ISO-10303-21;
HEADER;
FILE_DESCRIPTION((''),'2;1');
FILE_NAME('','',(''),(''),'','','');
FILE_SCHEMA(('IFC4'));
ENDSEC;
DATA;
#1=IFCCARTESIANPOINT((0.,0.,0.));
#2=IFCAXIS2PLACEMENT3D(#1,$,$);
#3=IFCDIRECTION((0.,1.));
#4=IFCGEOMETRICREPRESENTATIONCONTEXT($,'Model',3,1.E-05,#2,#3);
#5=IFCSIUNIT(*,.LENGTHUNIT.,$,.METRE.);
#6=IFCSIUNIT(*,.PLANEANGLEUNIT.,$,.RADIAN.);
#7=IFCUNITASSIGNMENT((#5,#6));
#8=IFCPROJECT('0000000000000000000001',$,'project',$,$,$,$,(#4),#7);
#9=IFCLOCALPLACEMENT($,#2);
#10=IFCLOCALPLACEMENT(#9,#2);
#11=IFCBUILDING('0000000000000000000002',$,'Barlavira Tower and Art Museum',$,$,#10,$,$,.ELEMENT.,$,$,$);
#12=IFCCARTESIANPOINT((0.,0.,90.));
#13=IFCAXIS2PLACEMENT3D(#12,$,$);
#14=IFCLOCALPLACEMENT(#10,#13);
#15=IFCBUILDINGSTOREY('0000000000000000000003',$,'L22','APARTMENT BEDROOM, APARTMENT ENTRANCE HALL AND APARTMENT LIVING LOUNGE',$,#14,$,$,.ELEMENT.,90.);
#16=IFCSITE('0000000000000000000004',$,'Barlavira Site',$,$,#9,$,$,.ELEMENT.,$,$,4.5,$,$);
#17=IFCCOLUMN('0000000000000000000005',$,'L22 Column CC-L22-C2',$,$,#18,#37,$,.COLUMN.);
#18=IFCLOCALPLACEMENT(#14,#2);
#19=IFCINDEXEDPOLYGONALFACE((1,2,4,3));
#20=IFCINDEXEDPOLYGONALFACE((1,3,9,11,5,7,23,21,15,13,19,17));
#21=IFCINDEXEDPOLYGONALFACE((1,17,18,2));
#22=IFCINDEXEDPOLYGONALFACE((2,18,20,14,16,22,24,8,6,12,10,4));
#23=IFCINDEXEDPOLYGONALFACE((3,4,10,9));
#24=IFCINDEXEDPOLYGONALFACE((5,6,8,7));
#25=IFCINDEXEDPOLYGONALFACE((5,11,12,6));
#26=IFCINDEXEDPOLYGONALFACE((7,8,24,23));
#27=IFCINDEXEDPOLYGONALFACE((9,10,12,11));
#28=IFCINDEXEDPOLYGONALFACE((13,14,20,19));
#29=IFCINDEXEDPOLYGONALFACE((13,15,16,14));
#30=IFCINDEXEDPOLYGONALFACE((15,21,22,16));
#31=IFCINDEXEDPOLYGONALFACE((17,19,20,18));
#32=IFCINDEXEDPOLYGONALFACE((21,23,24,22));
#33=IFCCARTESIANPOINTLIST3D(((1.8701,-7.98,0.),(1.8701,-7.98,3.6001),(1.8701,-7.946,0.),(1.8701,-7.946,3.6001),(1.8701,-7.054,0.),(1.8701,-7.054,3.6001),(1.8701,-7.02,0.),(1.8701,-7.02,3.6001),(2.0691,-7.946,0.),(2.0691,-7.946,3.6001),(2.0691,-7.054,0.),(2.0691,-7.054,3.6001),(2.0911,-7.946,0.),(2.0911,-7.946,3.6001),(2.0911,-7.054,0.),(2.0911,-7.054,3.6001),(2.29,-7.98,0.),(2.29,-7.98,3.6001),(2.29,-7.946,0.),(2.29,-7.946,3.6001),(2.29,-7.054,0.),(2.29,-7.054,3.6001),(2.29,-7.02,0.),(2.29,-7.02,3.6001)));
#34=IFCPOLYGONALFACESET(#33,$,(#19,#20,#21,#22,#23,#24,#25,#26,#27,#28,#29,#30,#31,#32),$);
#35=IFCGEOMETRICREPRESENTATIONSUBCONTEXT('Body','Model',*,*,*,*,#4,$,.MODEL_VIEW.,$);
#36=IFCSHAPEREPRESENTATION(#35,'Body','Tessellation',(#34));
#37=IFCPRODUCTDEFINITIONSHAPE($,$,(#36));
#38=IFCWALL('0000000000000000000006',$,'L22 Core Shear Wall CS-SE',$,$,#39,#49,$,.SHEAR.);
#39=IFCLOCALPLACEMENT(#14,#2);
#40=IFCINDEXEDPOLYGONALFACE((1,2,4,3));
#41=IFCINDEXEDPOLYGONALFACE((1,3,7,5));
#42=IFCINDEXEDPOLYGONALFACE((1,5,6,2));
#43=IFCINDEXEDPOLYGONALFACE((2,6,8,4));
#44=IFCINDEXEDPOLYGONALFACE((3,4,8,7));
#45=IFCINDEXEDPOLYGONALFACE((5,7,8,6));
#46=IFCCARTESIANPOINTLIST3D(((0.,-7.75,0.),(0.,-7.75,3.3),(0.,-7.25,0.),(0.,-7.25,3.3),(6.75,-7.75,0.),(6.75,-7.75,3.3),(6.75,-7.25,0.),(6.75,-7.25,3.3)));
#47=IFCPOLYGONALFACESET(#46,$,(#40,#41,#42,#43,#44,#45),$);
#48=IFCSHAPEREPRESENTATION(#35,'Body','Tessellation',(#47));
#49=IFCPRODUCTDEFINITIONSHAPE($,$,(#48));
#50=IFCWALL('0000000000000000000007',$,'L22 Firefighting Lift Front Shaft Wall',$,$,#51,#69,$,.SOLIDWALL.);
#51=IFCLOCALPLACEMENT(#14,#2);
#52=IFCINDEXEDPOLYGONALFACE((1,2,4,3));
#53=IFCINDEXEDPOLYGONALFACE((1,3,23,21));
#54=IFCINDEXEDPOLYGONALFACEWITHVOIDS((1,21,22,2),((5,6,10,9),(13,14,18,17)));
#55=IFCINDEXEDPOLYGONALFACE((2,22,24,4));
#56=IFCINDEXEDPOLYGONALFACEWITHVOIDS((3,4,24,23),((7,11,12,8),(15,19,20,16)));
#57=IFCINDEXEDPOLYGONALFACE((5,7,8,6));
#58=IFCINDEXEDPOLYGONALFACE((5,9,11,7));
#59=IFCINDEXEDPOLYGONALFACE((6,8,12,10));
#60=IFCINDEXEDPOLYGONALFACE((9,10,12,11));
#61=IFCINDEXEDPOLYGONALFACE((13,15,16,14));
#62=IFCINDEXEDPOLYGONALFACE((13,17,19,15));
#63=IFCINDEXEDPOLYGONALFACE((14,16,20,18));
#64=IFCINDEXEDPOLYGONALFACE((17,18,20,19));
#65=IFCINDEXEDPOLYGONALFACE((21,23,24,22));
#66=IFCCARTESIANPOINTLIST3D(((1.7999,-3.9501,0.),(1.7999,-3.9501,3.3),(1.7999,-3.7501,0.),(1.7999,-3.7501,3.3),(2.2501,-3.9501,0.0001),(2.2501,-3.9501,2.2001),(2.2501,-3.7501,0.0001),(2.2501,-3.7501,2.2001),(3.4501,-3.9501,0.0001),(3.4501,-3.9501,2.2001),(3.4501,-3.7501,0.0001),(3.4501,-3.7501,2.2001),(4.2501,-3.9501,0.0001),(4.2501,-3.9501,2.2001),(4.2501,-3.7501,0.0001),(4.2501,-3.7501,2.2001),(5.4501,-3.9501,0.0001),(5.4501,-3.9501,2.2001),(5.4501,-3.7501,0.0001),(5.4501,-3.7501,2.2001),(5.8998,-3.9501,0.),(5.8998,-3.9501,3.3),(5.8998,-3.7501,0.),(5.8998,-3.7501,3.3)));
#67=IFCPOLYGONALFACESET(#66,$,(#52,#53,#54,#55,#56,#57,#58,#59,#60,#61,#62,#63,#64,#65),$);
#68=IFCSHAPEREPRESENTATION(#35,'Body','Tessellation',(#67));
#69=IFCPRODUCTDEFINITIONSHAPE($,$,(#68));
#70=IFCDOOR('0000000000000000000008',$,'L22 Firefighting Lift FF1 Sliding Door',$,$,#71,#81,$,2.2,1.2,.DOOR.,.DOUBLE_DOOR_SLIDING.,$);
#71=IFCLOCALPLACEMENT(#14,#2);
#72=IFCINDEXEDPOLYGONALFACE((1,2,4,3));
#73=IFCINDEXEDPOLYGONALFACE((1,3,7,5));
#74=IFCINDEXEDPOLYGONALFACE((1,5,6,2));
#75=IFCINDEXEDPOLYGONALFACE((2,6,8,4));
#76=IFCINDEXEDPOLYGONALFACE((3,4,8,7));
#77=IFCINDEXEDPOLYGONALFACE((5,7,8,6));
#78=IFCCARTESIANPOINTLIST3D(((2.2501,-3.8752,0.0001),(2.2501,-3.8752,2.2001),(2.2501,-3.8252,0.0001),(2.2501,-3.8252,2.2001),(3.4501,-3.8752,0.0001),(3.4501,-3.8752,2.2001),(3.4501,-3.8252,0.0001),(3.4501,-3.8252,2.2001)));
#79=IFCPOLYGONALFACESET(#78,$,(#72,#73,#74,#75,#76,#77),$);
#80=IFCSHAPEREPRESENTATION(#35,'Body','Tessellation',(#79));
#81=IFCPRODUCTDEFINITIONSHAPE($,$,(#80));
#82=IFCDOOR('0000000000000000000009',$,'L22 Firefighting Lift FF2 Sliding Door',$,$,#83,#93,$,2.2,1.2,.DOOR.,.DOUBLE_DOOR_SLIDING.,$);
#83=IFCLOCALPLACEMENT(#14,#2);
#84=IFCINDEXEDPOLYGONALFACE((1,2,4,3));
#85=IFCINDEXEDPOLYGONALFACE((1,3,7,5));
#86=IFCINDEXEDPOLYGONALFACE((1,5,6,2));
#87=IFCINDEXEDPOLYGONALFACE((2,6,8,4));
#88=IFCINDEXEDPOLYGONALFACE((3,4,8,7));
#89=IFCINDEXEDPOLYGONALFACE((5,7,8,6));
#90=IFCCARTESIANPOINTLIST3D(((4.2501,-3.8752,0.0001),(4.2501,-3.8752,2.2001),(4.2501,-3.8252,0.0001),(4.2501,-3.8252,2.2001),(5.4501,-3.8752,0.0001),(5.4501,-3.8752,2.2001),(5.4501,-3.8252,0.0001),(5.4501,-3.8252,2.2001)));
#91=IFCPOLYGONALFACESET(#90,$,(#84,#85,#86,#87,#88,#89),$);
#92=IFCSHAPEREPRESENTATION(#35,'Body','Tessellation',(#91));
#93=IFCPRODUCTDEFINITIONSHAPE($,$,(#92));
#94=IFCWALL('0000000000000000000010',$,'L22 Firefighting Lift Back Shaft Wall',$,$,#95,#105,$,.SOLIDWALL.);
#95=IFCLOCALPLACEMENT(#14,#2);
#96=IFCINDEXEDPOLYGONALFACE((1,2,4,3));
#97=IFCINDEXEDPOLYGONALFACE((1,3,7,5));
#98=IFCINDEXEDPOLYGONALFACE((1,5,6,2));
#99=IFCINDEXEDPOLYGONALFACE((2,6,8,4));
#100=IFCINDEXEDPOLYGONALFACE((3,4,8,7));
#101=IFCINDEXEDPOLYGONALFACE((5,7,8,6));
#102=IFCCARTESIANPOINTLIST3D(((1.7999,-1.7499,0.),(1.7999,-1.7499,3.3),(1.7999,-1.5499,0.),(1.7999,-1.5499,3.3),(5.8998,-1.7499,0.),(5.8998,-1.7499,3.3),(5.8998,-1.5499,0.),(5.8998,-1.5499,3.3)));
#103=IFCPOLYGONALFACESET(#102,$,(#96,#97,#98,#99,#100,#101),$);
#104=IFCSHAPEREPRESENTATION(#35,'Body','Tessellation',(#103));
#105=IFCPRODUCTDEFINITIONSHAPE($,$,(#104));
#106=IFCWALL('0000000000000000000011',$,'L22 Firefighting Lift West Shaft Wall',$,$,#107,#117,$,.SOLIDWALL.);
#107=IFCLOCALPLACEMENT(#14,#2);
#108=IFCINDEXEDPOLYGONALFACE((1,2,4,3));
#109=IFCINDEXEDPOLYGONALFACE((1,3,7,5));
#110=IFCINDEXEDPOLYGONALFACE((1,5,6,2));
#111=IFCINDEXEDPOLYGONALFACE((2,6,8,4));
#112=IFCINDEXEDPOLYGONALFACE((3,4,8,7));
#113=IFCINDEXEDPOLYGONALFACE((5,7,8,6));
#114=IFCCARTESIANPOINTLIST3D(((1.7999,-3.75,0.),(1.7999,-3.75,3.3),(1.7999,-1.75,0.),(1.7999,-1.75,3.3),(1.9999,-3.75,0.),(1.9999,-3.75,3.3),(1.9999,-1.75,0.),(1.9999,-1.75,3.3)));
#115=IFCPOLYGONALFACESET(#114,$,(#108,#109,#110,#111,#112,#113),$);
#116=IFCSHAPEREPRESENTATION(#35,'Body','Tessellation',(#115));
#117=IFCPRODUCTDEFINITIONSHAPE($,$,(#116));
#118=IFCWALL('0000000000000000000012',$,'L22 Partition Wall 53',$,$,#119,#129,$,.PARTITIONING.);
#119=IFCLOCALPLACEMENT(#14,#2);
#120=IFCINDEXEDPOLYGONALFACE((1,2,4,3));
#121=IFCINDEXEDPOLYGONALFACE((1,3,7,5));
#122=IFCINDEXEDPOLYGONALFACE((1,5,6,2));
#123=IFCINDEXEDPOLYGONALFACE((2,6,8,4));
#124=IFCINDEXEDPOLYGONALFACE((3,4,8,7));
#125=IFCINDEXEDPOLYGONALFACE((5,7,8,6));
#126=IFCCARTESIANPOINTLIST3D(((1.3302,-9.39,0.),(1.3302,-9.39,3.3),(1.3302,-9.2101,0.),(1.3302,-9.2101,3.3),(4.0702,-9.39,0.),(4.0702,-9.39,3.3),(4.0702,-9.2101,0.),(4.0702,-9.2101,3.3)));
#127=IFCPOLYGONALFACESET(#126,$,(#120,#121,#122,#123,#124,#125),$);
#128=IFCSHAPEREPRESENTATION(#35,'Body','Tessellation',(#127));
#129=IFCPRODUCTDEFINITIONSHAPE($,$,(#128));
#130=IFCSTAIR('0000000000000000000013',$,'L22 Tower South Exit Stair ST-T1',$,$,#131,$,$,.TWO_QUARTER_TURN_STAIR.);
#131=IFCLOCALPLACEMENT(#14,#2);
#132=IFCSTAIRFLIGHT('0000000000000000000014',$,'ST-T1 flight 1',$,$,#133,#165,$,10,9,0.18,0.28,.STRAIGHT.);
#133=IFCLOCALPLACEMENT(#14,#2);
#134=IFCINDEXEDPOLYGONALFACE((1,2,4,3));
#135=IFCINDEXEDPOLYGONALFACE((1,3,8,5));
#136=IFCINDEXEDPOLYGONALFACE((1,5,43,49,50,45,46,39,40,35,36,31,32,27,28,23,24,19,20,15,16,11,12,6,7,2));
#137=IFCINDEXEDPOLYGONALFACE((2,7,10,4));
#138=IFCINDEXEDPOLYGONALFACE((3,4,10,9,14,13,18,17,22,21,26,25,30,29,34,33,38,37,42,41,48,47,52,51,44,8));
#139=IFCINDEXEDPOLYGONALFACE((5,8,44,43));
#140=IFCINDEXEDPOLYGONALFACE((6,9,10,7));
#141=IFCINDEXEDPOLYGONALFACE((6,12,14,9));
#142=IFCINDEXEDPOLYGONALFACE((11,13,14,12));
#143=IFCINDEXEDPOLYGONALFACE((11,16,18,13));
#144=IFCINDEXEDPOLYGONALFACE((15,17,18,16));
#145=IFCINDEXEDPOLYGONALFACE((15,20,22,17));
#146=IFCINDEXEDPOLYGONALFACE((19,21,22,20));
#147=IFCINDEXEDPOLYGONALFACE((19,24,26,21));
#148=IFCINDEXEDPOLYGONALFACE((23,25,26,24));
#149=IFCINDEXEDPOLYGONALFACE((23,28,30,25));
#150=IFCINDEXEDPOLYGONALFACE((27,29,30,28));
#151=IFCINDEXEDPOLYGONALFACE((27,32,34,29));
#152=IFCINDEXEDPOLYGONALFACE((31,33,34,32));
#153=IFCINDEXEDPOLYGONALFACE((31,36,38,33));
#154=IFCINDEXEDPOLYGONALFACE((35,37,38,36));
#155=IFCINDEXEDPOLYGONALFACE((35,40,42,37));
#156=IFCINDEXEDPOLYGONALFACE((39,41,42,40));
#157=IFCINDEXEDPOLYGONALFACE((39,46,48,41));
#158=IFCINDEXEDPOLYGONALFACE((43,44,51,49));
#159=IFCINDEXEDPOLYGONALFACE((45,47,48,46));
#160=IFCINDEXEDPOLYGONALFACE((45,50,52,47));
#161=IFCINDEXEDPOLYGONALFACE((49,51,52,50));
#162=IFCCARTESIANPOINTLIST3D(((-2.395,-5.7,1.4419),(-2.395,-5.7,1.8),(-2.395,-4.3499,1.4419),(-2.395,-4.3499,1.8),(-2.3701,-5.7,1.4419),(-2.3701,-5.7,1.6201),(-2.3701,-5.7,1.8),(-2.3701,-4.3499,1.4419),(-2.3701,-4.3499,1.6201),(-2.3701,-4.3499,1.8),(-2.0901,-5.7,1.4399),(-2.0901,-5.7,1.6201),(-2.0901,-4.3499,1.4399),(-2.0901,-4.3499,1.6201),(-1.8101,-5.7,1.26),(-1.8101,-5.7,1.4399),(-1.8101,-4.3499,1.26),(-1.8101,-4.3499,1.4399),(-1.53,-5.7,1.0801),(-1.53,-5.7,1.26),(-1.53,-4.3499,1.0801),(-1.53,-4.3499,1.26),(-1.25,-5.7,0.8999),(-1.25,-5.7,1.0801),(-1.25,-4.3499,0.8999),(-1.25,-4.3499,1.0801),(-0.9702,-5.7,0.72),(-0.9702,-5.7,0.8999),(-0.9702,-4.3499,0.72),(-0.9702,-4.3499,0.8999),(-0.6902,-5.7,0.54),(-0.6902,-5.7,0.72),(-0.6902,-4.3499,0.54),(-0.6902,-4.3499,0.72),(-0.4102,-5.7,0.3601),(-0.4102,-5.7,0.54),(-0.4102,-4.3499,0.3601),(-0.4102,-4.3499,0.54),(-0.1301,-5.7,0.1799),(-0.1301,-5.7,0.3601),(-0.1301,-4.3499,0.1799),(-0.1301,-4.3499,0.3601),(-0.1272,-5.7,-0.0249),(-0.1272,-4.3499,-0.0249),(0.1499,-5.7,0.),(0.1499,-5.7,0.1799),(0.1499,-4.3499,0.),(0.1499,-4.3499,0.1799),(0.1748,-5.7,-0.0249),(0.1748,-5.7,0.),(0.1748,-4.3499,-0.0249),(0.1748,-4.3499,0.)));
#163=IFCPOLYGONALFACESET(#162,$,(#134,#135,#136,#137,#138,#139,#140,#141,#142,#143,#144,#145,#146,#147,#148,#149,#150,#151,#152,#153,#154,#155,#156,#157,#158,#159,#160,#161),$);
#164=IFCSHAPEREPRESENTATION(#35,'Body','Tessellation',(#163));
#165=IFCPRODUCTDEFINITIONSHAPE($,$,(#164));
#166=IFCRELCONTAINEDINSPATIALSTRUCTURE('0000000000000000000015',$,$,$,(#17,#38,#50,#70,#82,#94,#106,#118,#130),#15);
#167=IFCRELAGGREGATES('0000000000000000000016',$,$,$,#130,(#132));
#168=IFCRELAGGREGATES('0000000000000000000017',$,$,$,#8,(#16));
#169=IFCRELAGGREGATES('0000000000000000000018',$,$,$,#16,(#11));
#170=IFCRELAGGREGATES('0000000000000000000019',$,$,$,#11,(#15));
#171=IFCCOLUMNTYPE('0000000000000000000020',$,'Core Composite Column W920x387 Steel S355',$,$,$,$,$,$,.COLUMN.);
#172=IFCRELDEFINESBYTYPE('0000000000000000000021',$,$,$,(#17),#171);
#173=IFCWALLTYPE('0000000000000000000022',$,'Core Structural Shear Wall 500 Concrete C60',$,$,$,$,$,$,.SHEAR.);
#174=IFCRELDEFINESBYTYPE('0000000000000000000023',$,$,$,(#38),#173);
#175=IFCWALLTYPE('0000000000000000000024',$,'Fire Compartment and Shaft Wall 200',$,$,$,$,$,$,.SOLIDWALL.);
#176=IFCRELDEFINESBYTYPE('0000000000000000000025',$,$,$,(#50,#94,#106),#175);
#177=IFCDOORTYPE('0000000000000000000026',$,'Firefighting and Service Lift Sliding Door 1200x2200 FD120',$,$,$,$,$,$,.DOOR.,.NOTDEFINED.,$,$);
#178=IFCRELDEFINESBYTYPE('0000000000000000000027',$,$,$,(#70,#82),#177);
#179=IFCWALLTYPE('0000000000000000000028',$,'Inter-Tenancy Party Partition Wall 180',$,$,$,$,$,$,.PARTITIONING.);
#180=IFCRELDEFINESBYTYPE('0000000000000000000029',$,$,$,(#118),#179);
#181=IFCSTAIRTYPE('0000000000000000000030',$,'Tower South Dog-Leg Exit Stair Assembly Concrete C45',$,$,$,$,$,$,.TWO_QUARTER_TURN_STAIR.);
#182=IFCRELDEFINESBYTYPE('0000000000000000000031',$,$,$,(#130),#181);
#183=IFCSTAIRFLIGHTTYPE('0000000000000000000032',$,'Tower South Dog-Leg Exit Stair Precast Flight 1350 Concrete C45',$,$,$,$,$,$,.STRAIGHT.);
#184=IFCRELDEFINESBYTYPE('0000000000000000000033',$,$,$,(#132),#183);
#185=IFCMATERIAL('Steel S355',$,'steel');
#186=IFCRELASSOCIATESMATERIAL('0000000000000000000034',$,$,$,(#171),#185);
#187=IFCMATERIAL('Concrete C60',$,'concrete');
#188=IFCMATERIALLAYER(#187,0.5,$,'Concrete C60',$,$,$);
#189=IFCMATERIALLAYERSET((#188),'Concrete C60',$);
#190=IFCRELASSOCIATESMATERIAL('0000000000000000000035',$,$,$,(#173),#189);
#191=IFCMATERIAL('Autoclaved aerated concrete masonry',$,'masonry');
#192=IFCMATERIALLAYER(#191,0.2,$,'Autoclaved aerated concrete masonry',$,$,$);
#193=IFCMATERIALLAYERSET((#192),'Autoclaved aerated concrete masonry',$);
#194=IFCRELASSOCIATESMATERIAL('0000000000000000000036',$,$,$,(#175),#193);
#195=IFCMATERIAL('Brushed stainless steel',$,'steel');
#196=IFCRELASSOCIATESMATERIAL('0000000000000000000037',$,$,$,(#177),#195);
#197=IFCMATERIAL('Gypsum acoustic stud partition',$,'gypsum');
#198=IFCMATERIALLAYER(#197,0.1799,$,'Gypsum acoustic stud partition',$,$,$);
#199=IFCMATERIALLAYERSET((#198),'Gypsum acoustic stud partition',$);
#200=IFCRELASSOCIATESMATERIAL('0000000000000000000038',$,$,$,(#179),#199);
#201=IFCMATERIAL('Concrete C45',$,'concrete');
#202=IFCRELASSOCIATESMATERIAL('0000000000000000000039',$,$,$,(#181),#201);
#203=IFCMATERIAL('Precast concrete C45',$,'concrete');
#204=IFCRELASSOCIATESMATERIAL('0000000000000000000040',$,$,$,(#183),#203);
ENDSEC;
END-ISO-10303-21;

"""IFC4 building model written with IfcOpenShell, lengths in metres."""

from ifc_helpers import new_model, si_unit, direction, frame, frame_2d, origin, origin_2d, place, context, subcontext, project, spatial, polyline, rectangle, i_section, outline, extrude, material, layer, layer_set, material_profile, profile_set, type_object, element, fill, aggregate, save


model = new_model("IFC4")

# Units and contexts
model_context = context("Model", 3, precision=1e-05, world=origin(), true_north=direction((0.0, 1.0)))
body_context = subcontext(model_context, "Body", "Model", "MODEL_VIEW")
ifc_project = project(units=[si_unit("LENGTHUNIT", "METRE"), si_unit("PLANEANGLEUNIT", "RADIAN")], contexts=[model_context])

# Site, building, storey
site_placement = place(None, origin())
site = spatial("IfcSite", under=ifc_project, at=site_placement, Name="Barlavira Site", CompositionType="ELEMENT", RefElevation=4.5)
building_placement = place(site_placement, origin())
building = spatial("IfcBuilding", under=site, at=building_placement, Name="Barlavira Tower and Art Museum", CompositionType="ELEMENT")
storey_placement = place(building_placement, frame((0.0, 0.0, 90.0)))
storey = spatial("IfcBuildingStorey", under=building, at=storey_placement, Name="L22", Description="APARTMENT BEDROOM, APARTMENT ENTRANCE HALL AND APARTMENT LIVING LOUNGE", CompositionType="ELEMENT", Elevation=90.0)

# Column
ifc_material_1 = material(Name="Steel S355", Category="steel")
ifc_material_profile = material_profile(ifc_material_1, i_section(OverallWidth=0.4199, OverallDepth=0.96, WebThickness=0.022, FlangeThickness=0.0339, at=origin_2d()), Name="W920x387.0")
ifc_profile_set = profile_set([ifc_material_profile], Name="Steel S355")
column_type = type_object("IfcColumnType", Name="Core Composite Column W920x387 Steel S355", PredefinedType="COLUMN", material=ifc_profile_set)
column_placement = place(storey_placement, frame((2.0801, -7.5, 0.0), z_axis=(0.0, 0.0, 1.0), x_axis=(1.0, 0.0, 0.0)))
element("IfcColumn", 1, at=column_placement, inside=storey, type_object=column_type, Name="L22 Column CC-L22-C2", PredefinedType="COLUMN", context=body_context, shape_type="SweptSolid", body=[
    extrude(i_section(OverallWidth=0.4199, OverallDepth=0.96, WebThickness=0.022, FlangeThickness=0.0339, at=origin_2d()), origin(), (0.0, 0.0, 1.0), 3.6001),
])

# Wall
ifc_material_2 = material(Name="Concrete C60", Category="concrete")
ifc_layer_1 = layer(ifc_material_2, 0.5, Name="Concrete C60")
ifc_layer_set_1 = layer_set([ifc_layer_1], Name="Concrete C60")
wall_type_1 = type_object("IfcWallType", Name="Core Structural Shear Wall 500 Concrete C60", PredefinedType="SHEAR", material=ifc_layer_set_1)
wall_1_placement = place(storey_placement, frame((0.0, -7.5, 0.0), z_axis=(0.0, 0.0, 1.0), x_axis=(1.0, 0.0, 0.0)))
element("IfcWall", 2, at=wall_1_placement, inside=storey, type_object=wall_type_1, Name="L22 Core Shear Wall CS-SE", PredefinedType="SHEAR", context=body_context, shape_type="SweptSolid", body=[
    extrude(rectangle(XDim=6.75, YDim=0.5, at=frame_2d((3.375, 0.0))), origin(), (0.0, 0.0, 1.0), 3.3),
])

# Wall, openings, doors
ifc_material_3 = material(Name="Autoclaved aerated concrete masonry", Category="masonry")
ifc_layer_2 = layer(ifc_material_3, 0.2, Name="Autoclaved aerated concrete masonry")
ifc_layer_set_2 = layer_set([ifc_layer_2], Name="Autoclaved aerated concrete masonry")
wall_type_2 = type_object("IfcWallType", Name="Fire Compartment and Shaft Wall 200", PredefinedType="SOLIDWALL", material=ifc_layer_set_2)
wall_2_placement = place(storey_placement, frame((1.8, -3.8501, 0.0), z_axis=(0.0, 0.0, 1.0), x_axis=(1.0, 0.0, 0.0)))
wall_2 = element("IfcWall", 3, at=wall_2_placement, inside=storey, type_object=wall_type_2, Name="L22 Firefighting Lift Front Shaft Wall", PredefinedType="SOLIDWALL", context=body_context, shape_type="SweptSolid", body=[
    extrude(rectangle(XDim=4.0999, YDim=0.2, at=frame_2d((2.0498, 0.0))), origin(), (0.0, 0.0, 1.0), 3.3),
])
opening_1_placement = place(wall_2_placement, frame((0.45, 0.0, 0.0)))
opening_1 = element("IfcOpeningElement", 4, at=opening_1_placement, cuts=wall_2, PredefinedType="OPENING", context=body_context, shape_type="SweptSolid", body=[
    extrude(rectangle(XDim=1.2, YDim=2.2, at=frame_2d((0.6001, 1.1001))), frame((0.0, 0.1099, 0.0), z_axis=(0.0, -1.0, 0.0), x_axis=(1.0, 0.0, 0.0)), (0.0, 0.0, 1.0), 0.22),
])
opening_2_placement = place(wall_2_placement, frame((2.45, 0.0, 0.0)))
opening_2 = element("IfcOpeningElement", 5, at=opening_2_placement, cuts=wall_2, PredefinedType="OPENING", context=body_context, shape_type="SweptSolid", body=[
    extrude(rectangle(XDim=1.2, YDim=2.2, at=frame_2d((0.6001, 1.1001))), frame((0.0, 0.1099, 0.0), z_axis=(0.0, -1.0, 0.0), x_axis=(1.0, 0.0, 0.0)), (0.0, 0.0, 1.0), 0.22),
])
ifc_material_4 = material(Name="Brushed stainless steel", Category="steel")
door_type_1 = type_object("IfcDoorType", Name="Firefighting and Service Lift Sliding Door 1200x2200 FD120", OperationType="NOTDEFINED", PredefinedType="DOOR", material=ifc_material_4)
door_1_placement = place(opening_1_placement, origin())
door_1 = element("IfcDoor", 6, at=door_1_placement, inside=storey, type_object=door_type_1, Name="L22 Firefighting Lift FF1 Sliding Door", OperationType="DOUBLE_DOOR_SLIDING", OverallHeight=2.2, OverallWidth=1.2, PredefinedType="DOOR", context=body_context, shape_type="SweptSolid", body=[
    extrude(rectangle(XDim=1.2, YDim=2.2, at=frame_2d((0.6001, 1.1001))), frame((0.0, 0.0249, 0.0), z_axis=(0.0, -1.0, 0.0), x_axis=(1.0, 0.0, 0.0)), (0.0, 0.0, 1.0), 0.05),
])
fill(opening_1, door_1)
door_2_placement = place(opening_2_placement, origin())
door_2 = element("IfcDoor", 7, at=door_2_placement, inside=storey, type_object=door_type_1, Name="L22 Firefighting Lift FF2 Sliding Door", OperationType="DOUBLE_DOOR_SLIDING", OverallHeight=2.2, OverallWidth=1.2, PredefinedType="DOOR", context=body_context, shape_type="SweptSolid", body=[
    extrude(rectangle(XDim=1.2, YDim=2.2, at=frame_2d((0.6001, 1.1001))), frame((0.0, 0.0249, 0.0), z_axis=(0.0, -1.0, 0.0), x_axis=(1.0, 0.0, 0.0)), (0.0, 0.0, 1.0), 0.05),
])
fill(opening_2, door_2)

# Walls
wall_3_placement = place(storey_placement, frame((1.8, -1.6499, 0.0), z_axis=(0.0, 0.0, 1.0), x_axis=(1.0, 0.0, 0.0)))
element("IfcWall", 8, at=wall_3_placement, inside=storey, type_object=wall_type_2, Name="L22 Firefighting Lift Back Shaft Wall", PredefinedType="SOLIDWALL", context=body_context, shape_type="SweptSolid", body=[
    extrude(rectangle(XDim=4.0999, YDim=0.2, at=frame_2d((2.0498, 0.0))), origin(), (0.0, 0.0, 1.0), 3.3),
])
wall_4_placement = place(storey_placement, frame((1.8999, -3.75, 0.0), z_axis=(0.0, 0.0, 1.0), x_axis=(0.0, 1.0, 0.0)))
element("IfcWall", 9, at=wall_4_placement, inside=storey, type_object=wall_type_2, Name="L22 Firefighting Lift West Shaft Wall", PredefinedType="SOLIDWALL", context=body_context, shape_type="SweptSolid", body=[
    extrude(rectangle(XDim=2.0, YDim=0.2, at=frame_2d((1.0, 0.0))), origin(), (0.0, 0.0, 1.0), 3.3),
])
ifc_material_5 = material(Name="Gypsum acoustic stud partition", Category="gypsum")
ifc_layer_3 = layer(ifc_material_5, 0.1799, Name="Gypsum acoustic stud partition")
ifc_layer_set_3 = layer_set([ifc_layer_3], Name="Gypsum acoustic stud partition")
wall_type_3 = type_object("IfcWallType", Name="Inter-Tenancy Party Partition Wall 180", PredefinedType="PARTITIONING", material=ifc_layer_set_3)
wall_5_placement = place(storey_placement, frame((1.3301, -9.3, 0.0), z_axis=(0.0, 0.0, 1.0), x_axis=(1.0, 0.0, 0.0)))
element("IfcWall", 10, at=wall_5_placement, inside=storey, type_object=wall_type_3, Name="L22 Partition Wall 53", PredefinedType="PARTITIONING", context=body_context, shape_type="SweptSolid", body=[
    extrude(rectangle(XDim=2.74, YDim=0.1799, at=frame_2d((1.3701, 0.0))), origin(), (0.0, 0.0, 1.0), 3.3),
])

# Stair, stair flight
ifc_material_6 = material(Name="Concrete C45", Category="concrete")
stair_type = type_object("IfcStairType", Name="Tower South Dog-Leg Exit Stair Assembly Concrete C45", PredefinedType="TWO_QUARTER_TURN_STAIR", material=ifc_material_6)
stair_placement = place(storey_placement, origin())
stair = element("IfcStair", 11, at=stair_placement, inside=storey, type_object=stair_type, Name="L22 Tower South Exit Stair ST-T1", PredefinedType="TWO_QUARTER_TURN_STAIR")
ifc_material_7 = material(Name="Precast concrete C45", Category="concrete")
stair_flight_type = type_object("IfcStairFlightType", Name="Tower South Dog-Leg Exit Stair Precast Flight 1350 Concrete C45", PredefinedType="STRAIGHT", material=ifc_material_7)
stair_flight_placement = place(storey_placement, frame((0.1499, -5.0249, 0.0), z_axis=(0.0, 0.0, 1.0), x_axis=(-1.0, 0.0, 0.0)))
stair_flight = element("IfcStairFlight", 12, at=stair_flight_placement, type_object=stair_flight_type, Name="ST-T1 flight 1", NumberOfRisers=10, NumberOfTreads=9, PredefinedType="STRAIGHT", RiserHeight=0.18, TreadLength=0.28, context=body_context, shape_type="SweptSolid", body=[
    extrude(outline(polyline([(-0.0249, 0.0), (0.0, 0.0), (0.0, 0.1799), (0.28, 0.1799), (0.28, 0.3601), (0.5601, 0.3601), (0.5601, 0.54), (0.8401, 0.54), (0.8401, 0.72), (1.1201, 0.72), (1.1201, 0.8999), (1.3999, 0.8999), (1.3999, 1.0801), (1.6799, 1.0801), (1.6799, 1.26), (1.96, 1.26), (1.96, 1.4399), (2.24, 1.4399), (2.24, 1.6201), (2.52, 1.6201), (2.52, 1.8), (2.5449, 1.8), (2.5449, 1.4419), (2.52, 1.4419), (0.2771, -0.0249), (-0.0249, -0.0249), (-0.0249, 0.0)])), frame((0.0, 0.675, 0.0), z_axis=(0.0, -1.0, 0.0), x_axis=(1.0, 0.0, 0.0)), (0.0, 0.0, 1.0), 1.3501),
])
aggregate(stair, [stair_flight])

save(model, "model.ifc")
